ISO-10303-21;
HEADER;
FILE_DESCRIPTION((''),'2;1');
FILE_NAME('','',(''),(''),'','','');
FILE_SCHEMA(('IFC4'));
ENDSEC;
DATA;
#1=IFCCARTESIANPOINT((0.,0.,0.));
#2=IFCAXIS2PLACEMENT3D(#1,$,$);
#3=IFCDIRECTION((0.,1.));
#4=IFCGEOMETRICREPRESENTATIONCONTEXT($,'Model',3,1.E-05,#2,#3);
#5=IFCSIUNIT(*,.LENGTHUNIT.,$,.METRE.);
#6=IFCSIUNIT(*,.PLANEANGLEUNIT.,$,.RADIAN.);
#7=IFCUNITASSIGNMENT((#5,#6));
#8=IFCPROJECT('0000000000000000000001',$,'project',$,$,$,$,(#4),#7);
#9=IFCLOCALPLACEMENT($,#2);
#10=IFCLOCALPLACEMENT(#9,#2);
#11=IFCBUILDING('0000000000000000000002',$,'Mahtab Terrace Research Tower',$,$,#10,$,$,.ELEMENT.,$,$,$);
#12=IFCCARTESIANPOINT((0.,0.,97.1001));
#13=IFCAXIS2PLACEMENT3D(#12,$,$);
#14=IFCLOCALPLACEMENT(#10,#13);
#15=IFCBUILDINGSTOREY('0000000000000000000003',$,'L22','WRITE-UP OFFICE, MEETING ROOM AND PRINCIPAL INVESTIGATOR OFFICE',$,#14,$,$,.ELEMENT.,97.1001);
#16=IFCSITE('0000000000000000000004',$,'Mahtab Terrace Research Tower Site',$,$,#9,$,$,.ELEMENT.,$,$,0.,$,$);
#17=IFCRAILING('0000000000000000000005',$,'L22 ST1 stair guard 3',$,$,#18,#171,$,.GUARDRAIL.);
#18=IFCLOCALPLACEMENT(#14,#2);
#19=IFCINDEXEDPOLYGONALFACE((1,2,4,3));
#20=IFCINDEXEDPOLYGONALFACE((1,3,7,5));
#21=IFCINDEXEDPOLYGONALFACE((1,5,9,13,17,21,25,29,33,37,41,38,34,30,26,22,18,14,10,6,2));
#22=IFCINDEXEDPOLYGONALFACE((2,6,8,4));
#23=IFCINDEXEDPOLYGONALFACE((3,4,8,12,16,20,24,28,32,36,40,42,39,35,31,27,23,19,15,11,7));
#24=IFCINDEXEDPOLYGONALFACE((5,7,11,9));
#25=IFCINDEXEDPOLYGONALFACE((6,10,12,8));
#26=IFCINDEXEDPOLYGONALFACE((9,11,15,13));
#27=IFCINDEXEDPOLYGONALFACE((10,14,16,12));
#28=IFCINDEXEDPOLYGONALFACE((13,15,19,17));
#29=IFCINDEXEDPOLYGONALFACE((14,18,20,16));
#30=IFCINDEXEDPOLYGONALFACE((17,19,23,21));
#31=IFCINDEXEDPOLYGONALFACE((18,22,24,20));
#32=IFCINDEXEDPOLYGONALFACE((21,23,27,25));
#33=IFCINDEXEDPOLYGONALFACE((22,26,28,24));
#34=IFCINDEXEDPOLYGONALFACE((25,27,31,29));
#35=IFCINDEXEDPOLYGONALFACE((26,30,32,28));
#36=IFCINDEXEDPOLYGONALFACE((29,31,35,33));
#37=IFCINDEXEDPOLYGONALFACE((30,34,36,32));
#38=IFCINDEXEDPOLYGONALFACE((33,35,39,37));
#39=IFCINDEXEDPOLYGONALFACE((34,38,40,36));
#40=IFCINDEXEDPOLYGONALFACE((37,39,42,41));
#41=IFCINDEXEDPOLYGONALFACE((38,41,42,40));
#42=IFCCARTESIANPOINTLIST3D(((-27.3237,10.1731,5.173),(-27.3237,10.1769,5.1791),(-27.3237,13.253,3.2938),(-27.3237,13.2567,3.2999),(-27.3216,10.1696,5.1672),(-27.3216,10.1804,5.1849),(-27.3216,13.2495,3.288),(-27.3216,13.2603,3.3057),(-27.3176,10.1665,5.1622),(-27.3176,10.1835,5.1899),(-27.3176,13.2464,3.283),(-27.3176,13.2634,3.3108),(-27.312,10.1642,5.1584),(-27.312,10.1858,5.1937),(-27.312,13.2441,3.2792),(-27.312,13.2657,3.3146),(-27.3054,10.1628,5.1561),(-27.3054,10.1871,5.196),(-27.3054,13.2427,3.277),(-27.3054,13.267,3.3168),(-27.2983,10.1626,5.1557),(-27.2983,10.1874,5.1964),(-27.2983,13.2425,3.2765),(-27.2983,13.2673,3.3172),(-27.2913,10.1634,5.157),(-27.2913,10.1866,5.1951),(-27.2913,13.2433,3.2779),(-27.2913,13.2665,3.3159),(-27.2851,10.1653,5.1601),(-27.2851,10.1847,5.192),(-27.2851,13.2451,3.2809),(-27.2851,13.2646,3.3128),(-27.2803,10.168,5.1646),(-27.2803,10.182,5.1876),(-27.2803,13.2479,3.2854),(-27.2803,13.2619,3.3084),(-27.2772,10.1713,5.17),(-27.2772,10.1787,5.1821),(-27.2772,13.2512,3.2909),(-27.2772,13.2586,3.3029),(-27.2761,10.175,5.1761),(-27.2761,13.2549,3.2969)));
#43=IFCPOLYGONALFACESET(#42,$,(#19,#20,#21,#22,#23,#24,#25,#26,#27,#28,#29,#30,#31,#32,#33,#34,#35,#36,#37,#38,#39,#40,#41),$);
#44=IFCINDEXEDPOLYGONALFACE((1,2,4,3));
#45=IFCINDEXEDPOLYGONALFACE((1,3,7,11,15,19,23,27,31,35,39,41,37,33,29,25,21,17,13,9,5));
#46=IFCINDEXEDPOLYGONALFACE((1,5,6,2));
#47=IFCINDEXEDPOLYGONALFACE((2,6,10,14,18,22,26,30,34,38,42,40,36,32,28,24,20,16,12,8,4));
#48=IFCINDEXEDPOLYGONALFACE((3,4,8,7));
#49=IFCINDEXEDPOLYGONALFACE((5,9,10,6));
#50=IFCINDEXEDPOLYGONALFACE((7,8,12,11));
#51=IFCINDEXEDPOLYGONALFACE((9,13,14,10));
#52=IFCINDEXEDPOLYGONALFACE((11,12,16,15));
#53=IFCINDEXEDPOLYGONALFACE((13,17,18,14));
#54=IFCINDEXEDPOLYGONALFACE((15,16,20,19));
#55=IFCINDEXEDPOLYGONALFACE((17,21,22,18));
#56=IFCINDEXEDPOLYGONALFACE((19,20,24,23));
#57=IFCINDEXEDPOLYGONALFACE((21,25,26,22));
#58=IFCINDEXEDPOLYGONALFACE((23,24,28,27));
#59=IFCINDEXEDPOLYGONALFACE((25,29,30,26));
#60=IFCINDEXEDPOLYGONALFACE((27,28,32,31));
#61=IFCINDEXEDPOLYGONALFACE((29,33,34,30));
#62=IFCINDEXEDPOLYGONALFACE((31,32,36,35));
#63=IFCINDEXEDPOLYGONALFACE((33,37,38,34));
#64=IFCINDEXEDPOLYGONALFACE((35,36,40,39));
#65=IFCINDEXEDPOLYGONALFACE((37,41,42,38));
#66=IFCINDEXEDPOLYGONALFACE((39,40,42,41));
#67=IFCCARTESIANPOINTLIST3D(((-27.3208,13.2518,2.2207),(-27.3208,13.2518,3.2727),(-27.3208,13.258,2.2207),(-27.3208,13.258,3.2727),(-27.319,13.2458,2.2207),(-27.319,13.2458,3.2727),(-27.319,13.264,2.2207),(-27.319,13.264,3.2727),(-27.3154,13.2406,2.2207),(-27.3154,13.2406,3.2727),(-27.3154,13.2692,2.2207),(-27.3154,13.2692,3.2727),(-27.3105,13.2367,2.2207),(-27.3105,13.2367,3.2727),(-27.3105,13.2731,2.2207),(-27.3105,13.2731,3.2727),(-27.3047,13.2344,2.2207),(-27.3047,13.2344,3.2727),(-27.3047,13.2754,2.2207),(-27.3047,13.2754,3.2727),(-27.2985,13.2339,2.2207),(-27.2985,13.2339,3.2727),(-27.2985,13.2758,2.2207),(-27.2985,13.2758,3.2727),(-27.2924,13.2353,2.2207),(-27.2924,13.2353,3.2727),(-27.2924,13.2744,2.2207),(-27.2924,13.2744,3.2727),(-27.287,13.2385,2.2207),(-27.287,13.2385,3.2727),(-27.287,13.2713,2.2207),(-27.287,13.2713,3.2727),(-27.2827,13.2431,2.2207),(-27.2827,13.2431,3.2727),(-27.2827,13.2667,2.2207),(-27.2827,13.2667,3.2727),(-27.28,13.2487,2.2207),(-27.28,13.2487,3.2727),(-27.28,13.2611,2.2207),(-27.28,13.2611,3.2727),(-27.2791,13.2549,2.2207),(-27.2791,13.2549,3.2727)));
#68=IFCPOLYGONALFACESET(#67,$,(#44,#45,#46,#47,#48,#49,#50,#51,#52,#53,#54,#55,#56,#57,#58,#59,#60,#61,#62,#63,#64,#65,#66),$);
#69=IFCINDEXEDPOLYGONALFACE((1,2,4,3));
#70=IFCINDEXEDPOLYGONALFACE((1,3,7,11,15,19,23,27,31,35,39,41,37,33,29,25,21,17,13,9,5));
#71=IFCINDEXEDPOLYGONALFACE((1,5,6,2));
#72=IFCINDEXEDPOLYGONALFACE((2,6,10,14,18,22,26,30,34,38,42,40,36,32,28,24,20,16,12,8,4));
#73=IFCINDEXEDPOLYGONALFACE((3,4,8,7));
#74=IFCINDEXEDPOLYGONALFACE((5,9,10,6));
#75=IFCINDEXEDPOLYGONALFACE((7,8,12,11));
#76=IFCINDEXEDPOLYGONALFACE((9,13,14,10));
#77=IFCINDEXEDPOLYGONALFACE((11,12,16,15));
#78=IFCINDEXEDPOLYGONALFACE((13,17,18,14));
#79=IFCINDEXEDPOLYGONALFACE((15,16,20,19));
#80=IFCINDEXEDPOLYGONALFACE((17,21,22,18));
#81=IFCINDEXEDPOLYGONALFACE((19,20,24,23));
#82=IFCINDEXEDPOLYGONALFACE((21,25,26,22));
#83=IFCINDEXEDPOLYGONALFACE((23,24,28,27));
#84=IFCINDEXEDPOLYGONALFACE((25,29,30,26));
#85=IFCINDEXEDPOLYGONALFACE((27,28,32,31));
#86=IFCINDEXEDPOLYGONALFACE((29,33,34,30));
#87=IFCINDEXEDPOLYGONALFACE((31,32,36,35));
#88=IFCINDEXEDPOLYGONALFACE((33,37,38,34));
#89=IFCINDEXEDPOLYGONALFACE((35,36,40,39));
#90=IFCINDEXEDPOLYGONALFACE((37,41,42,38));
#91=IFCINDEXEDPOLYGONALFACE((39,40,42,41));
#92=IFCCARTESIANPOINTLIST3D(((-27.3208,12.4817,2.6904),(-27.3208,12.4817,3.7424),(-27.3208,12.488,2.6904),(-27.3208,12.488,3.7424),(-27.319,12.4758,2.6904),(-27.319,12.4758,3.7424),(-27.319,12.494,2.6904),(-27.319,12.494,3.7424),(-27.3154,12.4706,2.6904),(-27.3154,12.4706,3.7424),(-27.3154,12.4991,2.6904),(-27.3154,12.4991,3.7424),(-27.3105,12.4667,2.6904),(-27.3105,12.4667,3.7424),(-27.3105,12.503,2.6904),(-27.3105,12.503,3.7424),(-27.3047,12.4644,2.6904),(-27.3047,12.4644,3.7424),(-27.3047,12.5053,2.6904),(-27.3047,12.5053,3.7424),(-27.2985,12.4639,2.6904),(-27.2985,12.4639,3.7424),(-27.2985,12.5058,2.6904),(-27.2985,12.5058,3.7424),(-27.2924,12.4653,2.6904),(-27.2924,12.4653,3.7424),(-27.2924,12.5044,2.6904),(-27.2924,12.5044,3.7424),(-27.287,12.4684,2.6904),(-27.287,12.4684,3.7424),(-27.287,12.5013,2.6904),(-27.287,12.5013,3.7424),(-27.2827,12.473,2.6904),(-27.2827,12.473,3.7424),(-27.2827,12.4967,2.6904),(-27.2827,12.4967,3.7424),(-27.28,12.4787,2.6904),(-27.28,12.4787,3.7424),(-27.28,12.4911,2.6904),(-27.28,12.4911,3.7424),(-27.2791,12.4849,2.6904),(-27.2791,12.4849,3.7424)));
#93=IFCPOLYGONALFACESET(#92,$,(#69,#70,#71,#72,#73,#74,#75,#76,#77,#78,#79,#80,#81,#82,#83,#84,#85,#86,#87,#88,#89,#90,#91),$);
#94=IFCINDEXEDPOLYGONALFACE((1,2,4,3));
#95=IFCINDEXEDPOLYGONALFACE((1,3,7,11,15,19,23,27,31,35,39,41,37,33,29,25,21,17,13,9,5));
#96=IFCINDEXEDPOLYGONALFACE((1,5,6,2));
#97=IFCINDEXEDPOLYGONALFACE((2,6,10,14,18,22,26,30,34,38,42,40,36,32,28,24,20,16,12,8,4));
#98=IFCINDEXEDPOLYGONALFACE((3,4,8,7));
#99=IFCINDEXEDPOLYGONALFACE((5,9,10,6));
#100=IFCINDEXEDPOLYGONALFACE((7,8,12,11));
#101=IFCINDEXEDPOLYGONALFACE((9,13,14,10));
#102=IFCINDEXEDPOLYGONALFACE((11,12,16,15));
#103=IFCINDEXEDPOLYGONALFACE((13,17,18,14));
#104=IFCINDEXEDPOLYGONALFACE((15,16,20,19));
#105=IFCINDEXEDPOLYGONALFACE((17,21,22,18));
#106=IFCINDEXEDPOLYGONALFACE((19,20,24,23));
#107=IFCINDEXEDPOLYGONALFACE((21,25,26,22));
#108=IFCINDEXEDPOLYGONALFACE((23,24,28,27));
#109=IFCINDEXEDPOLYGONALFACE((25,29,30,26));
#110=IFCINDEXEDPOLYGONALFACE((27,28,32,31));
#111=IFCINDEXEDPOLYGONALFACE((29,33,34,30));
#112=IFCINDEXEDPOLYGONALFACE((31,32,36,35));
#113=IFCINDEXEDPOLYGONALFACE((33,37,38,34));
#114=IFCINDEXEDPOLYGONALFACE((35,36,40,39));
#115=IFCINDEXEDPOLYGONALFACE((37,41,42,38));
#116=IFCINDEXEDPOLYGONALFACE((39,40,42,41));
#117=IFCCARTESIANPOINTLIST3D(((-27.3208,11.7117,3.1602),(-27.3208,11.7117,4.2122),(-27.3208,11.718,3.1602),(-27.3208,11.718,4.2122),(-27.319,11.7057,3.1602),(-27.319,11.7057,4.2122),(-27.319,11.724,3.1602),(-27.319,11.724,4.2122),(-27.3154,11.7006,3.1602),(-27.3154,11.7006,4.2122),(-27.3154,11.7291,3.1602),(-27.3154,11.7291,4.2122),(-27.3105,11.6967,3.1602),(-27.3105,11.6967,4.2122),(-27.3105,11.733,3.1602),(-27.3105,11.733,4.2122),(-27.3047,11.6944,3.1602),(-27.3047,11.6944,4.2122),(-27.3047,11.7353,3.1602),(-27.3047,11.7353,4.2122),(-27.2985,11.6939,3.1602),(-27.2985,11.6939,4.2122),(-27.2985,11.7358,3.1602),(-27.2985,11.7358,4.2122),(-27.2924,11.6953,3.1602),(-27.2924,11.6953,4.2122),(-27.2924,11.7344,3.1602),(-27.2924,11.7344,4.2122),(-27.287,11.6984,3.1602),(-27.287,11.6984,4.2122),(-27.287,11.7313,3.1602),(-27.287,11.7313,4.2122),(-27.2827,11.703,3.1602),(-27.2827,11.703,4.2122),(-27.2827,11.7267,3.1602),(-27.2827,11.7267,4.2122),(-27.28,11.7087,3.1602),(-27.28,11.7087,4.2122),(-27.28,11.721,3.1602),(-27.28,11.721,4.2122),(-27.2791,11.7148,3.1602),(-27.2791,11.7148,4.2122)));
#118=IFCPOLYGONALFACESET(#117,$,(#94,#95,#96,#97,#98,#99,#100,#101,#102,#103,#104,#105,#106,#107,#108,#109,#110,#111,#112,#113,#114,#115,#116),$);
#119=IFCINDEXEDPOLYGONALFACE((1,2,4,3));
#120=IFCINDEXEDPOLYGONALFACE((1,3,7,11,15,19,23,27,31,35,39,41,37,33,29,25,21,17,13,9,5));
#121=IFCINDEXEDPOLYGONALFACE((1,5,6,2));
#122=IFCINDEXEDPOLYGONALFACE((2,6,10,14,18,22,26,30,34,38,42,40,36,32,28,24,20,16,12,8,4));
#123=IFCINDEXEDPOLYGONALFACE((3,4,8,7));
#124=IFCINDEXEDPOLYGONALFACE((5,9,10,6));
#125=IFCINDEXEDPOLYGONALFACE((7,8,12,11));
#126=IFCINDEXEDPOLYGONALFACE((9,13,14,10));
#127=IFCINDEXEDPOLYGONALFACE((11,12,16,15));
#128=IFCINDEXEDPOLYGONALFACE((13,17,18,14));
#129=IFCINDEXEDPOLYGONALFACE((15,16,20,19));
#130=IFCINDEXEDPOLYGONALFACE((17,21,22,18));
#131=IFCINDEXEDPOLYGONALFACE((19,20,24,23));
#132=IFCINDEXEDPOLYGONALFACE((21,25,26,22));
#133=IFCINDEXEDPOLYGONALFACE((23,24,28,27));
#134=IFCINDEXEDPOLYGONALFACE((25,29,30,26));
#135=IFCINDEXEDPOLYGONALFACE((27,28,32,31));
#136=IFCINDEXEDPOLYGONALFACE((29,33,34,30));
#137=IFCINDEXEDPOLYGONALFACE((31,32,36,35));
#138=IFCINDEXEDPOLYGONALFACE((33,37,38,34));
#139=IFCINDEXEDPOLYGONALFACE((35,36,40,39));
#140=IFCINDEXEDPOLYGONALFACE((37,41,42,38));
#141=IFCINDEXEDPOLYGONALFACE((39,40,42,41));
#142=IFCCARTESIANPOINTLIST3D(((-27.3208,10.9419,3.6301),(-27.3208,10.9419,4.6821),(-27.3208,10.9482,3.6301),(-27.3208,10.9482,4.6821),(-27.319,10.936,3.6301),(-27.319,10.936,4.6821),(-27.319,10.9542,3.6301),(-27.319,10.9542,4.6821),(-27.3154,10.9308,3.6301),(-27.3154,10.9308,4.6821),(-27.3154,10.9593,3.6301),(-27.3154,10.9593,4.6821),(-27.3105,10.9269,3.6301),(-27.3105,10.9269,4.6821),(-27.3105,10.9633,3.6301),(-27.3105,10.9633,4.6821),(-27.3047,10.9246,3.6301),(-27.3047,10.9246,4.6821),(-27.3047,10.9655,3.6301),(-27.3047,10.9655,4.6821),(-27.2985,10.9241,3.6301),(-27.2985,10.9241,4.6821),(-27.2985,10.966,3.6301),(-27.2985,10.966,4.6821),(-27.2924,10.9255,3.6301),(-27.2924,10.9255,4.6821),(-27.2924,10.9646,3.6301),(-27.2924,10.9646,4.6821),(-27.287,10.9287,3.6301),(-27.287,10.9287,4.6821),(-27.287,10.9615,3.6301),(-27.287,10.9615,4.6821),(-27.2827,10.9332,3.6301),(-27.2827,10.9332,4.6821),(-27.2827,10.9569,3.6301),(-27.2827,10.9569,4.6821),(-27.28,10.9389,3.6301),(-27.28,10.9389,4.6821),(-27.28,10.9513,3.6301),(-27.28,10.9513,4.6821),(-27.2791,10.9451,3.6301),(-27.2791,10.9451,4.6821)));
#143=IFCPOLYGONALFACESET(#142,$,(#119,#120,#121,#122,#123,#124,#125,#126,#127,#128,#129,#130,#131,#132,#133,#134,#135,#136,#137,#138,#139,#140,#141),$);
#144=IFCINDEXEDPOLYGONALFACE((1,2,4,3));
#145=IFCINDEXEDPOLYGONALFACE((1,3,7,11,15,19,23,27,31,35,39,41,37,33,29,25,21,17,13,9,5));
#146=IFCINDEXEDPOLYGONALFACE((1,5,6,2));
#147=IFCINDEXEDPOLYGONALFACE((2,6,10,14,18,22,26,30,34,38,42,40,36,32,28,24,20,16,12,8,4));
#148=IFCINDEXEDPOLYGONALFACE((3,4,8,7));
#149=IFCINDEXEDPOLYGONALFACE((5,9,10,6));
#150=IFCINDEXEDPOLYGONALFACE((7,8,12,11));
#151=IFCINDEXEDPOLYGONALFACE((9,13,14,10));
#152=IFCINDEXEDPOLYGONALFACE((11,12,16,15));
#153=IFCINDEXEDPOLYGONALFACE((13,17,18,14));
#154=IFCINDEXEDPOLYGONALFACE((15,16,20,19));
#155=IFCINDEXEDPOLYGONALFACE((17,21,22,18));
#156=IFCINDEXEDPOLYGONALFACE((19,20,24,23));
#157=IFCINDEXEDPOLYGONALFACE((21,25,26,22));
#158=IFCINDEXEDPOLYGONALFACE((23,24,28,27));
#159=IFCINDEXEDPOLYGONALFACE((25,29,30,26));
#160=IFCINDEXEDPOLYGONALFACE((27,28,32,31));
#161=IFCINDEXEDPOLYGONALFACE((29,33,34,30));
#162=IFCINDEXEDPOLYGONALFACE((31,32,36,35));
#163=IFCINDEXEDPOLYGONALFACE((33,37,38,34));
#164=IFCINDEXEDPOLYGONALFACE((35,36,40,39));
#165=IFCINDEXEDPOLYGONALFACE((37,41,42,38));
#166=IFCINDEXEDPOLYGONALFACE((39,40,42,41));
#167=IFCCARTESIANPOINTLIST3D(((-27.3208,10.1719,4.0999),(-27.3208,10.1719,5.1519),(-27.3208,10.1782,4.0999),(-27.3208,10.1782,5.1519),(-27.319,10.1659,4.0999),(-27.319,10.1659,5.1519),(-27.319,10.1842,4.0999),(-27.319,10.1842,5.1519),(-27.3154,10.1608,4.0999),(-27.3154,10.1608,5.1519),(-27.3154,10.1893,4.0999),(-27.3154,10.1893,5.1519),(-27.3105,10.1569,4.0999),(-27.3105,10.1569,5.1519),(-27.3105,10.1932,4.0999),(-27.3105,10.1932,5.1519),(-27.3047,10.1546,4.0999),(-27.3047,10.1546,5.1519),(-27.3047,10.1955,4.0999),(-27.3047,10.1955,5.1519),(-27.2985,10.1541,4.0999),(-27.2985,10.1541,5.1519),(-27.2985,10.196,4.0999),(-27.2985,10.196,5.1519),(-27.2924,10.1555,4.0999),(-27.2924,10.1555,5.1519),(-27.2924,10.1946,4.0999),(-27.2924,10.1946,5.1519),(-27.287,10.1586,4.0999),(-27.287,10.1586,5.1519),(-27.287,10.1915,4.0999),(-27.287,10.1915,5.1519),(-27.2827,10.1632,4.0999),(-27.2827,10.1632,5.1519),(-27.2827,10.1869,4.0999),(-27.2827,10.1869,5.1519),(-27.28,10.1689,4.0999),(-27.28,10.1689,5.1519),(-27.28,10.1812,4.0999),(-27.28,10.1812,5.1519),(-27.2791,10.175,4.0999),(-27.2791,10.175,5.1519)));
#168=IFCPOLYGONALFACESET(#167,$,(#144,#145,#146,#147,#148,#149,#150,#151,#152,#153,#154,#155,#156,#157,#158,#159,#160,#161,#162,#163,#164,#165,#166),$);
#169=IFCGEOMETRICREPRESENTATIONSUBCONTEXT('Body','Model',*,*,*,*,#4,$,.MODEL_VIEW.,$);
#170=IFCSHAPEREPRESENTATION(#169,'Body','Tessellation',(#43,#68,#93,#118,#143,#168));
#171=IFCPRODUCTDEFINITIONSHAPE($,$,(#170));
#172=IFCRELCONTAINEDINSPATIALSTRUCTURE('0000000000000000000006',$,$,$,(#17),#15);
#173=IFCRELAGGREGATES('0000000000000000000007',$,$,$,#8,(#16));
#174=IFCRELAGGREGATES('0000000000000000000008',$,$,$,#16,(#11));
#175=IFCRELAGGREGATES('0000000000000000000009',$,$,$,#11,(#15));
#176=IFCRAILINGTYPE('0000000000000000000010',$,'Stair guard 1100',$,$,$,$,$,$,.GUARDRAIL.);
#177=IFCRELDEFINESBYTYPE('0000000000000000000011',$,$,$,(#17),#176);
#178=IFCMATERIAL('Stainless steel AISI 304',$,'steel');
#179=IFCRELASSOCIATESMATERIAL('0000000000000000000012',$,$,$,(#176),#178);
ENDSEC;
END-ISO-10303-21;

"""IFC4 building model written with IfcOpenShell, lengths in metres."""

from ifc_helpers import new_model, si_unit, direction, frame, origin, origin_2d, place, context, subcontext, project, spatial, circle, extrude, material, type_object, element, save


model = new_model("IFC4")

# Units and contexts
model_context = context("Model", 3, precision=1e-05, world=origin(), true_north=direction((0.0, 1.0)))
body_context = subcontext(model_context, "Body", "Model", "MODEL_VIEW")
ifc_project = project(units=[si_unit("LENGTHUNIT", "METRE"), si_unit("PLANEANGLEUNIT", "RADIAN")], contexts=[model_context])

# Site, building, storey
site_placement = place(None, origin())
site = spatial("IfcSite", under=ifc_project, at=site_placement, Name="Mahtab Terrace Research Tower Site", CompositionType="ELEMENT", RefElevation=0.0)
building_placement = place(site_placement, origin())
building = spatial("IfcBuilding", under=site, at=building_placement, Name="Mahtab Terrace Research Tower", CompositionType="ELEMENT")
storey_placement = place(building_placement, frame((0.0, 0.0, 97.1001)))
storey = spatial("IfcBuildingStorey", under=building, at=storey_placement, Name="L22", Description="WRITE-UP OFFICE, MEETING ROOM AND PRINCIPAL INVESTIGATOR OFFICE", CompositionType="ELEMENT", Elevation=97.1001)

# Railing
ifc_material_1 = material(Name="Stainless steel AISI 304", Category="steel")
railing_type_1 = type_object("IfcRailingType", Name="Stair guard 1100", PredefinedType="GUARDRAIL", material=ifc_material_1)
railing_1_placement = place(storey_placement, frame((-27.3, 13.2549, 2.2207)))
element("IfcRailing", 1, at=railing_1_placement, inside=storey, type_object=railing_type_1, Name="L22 ST1 stair guard 3", PredefinedType="GUARDRAIL", context=body_context, shape_type="SweptSolid", body=[
    extrude(circle(Radius=0.0239, at=origin_2d()), frame((0.0, 0.0, 1.0762), z_axis=(0.0, -0.853648, 0.52085), x_axis=(1.0, 0.0, 0.0)), (0.0, 0.0, 1.0), 3.6079),
    extrude(circle(Radius=0.021, at=origin_2d()), origin(), (0.0, 0.0, 1.0), 1.052),
    extrude(circle(Radius=0.021, at=origin_2d()), frame((0.0, -0.77, 0.4697)), (0.0, 0.0, 1.0), 1.052),
    extrude(circle(Radius=0.021, at=origin_2d()), frame((0.0, -1.54, 0.9395)), (0.0, 0.0, 1.0), 1.052),
    extrude(circle(Radius=0.021, at=origin_2d()), frame((0.0, -2.3098, 1.4094)), (0.0, 0.0, 1.0), 1.052),
    extrude(circle(Radius=0.021, at=origin_2d()), frame((0.0, -3.0798, 1.8792)), (0.0, 0.0, 1.0), 1.052),
])

save(model, "model.ifc")
